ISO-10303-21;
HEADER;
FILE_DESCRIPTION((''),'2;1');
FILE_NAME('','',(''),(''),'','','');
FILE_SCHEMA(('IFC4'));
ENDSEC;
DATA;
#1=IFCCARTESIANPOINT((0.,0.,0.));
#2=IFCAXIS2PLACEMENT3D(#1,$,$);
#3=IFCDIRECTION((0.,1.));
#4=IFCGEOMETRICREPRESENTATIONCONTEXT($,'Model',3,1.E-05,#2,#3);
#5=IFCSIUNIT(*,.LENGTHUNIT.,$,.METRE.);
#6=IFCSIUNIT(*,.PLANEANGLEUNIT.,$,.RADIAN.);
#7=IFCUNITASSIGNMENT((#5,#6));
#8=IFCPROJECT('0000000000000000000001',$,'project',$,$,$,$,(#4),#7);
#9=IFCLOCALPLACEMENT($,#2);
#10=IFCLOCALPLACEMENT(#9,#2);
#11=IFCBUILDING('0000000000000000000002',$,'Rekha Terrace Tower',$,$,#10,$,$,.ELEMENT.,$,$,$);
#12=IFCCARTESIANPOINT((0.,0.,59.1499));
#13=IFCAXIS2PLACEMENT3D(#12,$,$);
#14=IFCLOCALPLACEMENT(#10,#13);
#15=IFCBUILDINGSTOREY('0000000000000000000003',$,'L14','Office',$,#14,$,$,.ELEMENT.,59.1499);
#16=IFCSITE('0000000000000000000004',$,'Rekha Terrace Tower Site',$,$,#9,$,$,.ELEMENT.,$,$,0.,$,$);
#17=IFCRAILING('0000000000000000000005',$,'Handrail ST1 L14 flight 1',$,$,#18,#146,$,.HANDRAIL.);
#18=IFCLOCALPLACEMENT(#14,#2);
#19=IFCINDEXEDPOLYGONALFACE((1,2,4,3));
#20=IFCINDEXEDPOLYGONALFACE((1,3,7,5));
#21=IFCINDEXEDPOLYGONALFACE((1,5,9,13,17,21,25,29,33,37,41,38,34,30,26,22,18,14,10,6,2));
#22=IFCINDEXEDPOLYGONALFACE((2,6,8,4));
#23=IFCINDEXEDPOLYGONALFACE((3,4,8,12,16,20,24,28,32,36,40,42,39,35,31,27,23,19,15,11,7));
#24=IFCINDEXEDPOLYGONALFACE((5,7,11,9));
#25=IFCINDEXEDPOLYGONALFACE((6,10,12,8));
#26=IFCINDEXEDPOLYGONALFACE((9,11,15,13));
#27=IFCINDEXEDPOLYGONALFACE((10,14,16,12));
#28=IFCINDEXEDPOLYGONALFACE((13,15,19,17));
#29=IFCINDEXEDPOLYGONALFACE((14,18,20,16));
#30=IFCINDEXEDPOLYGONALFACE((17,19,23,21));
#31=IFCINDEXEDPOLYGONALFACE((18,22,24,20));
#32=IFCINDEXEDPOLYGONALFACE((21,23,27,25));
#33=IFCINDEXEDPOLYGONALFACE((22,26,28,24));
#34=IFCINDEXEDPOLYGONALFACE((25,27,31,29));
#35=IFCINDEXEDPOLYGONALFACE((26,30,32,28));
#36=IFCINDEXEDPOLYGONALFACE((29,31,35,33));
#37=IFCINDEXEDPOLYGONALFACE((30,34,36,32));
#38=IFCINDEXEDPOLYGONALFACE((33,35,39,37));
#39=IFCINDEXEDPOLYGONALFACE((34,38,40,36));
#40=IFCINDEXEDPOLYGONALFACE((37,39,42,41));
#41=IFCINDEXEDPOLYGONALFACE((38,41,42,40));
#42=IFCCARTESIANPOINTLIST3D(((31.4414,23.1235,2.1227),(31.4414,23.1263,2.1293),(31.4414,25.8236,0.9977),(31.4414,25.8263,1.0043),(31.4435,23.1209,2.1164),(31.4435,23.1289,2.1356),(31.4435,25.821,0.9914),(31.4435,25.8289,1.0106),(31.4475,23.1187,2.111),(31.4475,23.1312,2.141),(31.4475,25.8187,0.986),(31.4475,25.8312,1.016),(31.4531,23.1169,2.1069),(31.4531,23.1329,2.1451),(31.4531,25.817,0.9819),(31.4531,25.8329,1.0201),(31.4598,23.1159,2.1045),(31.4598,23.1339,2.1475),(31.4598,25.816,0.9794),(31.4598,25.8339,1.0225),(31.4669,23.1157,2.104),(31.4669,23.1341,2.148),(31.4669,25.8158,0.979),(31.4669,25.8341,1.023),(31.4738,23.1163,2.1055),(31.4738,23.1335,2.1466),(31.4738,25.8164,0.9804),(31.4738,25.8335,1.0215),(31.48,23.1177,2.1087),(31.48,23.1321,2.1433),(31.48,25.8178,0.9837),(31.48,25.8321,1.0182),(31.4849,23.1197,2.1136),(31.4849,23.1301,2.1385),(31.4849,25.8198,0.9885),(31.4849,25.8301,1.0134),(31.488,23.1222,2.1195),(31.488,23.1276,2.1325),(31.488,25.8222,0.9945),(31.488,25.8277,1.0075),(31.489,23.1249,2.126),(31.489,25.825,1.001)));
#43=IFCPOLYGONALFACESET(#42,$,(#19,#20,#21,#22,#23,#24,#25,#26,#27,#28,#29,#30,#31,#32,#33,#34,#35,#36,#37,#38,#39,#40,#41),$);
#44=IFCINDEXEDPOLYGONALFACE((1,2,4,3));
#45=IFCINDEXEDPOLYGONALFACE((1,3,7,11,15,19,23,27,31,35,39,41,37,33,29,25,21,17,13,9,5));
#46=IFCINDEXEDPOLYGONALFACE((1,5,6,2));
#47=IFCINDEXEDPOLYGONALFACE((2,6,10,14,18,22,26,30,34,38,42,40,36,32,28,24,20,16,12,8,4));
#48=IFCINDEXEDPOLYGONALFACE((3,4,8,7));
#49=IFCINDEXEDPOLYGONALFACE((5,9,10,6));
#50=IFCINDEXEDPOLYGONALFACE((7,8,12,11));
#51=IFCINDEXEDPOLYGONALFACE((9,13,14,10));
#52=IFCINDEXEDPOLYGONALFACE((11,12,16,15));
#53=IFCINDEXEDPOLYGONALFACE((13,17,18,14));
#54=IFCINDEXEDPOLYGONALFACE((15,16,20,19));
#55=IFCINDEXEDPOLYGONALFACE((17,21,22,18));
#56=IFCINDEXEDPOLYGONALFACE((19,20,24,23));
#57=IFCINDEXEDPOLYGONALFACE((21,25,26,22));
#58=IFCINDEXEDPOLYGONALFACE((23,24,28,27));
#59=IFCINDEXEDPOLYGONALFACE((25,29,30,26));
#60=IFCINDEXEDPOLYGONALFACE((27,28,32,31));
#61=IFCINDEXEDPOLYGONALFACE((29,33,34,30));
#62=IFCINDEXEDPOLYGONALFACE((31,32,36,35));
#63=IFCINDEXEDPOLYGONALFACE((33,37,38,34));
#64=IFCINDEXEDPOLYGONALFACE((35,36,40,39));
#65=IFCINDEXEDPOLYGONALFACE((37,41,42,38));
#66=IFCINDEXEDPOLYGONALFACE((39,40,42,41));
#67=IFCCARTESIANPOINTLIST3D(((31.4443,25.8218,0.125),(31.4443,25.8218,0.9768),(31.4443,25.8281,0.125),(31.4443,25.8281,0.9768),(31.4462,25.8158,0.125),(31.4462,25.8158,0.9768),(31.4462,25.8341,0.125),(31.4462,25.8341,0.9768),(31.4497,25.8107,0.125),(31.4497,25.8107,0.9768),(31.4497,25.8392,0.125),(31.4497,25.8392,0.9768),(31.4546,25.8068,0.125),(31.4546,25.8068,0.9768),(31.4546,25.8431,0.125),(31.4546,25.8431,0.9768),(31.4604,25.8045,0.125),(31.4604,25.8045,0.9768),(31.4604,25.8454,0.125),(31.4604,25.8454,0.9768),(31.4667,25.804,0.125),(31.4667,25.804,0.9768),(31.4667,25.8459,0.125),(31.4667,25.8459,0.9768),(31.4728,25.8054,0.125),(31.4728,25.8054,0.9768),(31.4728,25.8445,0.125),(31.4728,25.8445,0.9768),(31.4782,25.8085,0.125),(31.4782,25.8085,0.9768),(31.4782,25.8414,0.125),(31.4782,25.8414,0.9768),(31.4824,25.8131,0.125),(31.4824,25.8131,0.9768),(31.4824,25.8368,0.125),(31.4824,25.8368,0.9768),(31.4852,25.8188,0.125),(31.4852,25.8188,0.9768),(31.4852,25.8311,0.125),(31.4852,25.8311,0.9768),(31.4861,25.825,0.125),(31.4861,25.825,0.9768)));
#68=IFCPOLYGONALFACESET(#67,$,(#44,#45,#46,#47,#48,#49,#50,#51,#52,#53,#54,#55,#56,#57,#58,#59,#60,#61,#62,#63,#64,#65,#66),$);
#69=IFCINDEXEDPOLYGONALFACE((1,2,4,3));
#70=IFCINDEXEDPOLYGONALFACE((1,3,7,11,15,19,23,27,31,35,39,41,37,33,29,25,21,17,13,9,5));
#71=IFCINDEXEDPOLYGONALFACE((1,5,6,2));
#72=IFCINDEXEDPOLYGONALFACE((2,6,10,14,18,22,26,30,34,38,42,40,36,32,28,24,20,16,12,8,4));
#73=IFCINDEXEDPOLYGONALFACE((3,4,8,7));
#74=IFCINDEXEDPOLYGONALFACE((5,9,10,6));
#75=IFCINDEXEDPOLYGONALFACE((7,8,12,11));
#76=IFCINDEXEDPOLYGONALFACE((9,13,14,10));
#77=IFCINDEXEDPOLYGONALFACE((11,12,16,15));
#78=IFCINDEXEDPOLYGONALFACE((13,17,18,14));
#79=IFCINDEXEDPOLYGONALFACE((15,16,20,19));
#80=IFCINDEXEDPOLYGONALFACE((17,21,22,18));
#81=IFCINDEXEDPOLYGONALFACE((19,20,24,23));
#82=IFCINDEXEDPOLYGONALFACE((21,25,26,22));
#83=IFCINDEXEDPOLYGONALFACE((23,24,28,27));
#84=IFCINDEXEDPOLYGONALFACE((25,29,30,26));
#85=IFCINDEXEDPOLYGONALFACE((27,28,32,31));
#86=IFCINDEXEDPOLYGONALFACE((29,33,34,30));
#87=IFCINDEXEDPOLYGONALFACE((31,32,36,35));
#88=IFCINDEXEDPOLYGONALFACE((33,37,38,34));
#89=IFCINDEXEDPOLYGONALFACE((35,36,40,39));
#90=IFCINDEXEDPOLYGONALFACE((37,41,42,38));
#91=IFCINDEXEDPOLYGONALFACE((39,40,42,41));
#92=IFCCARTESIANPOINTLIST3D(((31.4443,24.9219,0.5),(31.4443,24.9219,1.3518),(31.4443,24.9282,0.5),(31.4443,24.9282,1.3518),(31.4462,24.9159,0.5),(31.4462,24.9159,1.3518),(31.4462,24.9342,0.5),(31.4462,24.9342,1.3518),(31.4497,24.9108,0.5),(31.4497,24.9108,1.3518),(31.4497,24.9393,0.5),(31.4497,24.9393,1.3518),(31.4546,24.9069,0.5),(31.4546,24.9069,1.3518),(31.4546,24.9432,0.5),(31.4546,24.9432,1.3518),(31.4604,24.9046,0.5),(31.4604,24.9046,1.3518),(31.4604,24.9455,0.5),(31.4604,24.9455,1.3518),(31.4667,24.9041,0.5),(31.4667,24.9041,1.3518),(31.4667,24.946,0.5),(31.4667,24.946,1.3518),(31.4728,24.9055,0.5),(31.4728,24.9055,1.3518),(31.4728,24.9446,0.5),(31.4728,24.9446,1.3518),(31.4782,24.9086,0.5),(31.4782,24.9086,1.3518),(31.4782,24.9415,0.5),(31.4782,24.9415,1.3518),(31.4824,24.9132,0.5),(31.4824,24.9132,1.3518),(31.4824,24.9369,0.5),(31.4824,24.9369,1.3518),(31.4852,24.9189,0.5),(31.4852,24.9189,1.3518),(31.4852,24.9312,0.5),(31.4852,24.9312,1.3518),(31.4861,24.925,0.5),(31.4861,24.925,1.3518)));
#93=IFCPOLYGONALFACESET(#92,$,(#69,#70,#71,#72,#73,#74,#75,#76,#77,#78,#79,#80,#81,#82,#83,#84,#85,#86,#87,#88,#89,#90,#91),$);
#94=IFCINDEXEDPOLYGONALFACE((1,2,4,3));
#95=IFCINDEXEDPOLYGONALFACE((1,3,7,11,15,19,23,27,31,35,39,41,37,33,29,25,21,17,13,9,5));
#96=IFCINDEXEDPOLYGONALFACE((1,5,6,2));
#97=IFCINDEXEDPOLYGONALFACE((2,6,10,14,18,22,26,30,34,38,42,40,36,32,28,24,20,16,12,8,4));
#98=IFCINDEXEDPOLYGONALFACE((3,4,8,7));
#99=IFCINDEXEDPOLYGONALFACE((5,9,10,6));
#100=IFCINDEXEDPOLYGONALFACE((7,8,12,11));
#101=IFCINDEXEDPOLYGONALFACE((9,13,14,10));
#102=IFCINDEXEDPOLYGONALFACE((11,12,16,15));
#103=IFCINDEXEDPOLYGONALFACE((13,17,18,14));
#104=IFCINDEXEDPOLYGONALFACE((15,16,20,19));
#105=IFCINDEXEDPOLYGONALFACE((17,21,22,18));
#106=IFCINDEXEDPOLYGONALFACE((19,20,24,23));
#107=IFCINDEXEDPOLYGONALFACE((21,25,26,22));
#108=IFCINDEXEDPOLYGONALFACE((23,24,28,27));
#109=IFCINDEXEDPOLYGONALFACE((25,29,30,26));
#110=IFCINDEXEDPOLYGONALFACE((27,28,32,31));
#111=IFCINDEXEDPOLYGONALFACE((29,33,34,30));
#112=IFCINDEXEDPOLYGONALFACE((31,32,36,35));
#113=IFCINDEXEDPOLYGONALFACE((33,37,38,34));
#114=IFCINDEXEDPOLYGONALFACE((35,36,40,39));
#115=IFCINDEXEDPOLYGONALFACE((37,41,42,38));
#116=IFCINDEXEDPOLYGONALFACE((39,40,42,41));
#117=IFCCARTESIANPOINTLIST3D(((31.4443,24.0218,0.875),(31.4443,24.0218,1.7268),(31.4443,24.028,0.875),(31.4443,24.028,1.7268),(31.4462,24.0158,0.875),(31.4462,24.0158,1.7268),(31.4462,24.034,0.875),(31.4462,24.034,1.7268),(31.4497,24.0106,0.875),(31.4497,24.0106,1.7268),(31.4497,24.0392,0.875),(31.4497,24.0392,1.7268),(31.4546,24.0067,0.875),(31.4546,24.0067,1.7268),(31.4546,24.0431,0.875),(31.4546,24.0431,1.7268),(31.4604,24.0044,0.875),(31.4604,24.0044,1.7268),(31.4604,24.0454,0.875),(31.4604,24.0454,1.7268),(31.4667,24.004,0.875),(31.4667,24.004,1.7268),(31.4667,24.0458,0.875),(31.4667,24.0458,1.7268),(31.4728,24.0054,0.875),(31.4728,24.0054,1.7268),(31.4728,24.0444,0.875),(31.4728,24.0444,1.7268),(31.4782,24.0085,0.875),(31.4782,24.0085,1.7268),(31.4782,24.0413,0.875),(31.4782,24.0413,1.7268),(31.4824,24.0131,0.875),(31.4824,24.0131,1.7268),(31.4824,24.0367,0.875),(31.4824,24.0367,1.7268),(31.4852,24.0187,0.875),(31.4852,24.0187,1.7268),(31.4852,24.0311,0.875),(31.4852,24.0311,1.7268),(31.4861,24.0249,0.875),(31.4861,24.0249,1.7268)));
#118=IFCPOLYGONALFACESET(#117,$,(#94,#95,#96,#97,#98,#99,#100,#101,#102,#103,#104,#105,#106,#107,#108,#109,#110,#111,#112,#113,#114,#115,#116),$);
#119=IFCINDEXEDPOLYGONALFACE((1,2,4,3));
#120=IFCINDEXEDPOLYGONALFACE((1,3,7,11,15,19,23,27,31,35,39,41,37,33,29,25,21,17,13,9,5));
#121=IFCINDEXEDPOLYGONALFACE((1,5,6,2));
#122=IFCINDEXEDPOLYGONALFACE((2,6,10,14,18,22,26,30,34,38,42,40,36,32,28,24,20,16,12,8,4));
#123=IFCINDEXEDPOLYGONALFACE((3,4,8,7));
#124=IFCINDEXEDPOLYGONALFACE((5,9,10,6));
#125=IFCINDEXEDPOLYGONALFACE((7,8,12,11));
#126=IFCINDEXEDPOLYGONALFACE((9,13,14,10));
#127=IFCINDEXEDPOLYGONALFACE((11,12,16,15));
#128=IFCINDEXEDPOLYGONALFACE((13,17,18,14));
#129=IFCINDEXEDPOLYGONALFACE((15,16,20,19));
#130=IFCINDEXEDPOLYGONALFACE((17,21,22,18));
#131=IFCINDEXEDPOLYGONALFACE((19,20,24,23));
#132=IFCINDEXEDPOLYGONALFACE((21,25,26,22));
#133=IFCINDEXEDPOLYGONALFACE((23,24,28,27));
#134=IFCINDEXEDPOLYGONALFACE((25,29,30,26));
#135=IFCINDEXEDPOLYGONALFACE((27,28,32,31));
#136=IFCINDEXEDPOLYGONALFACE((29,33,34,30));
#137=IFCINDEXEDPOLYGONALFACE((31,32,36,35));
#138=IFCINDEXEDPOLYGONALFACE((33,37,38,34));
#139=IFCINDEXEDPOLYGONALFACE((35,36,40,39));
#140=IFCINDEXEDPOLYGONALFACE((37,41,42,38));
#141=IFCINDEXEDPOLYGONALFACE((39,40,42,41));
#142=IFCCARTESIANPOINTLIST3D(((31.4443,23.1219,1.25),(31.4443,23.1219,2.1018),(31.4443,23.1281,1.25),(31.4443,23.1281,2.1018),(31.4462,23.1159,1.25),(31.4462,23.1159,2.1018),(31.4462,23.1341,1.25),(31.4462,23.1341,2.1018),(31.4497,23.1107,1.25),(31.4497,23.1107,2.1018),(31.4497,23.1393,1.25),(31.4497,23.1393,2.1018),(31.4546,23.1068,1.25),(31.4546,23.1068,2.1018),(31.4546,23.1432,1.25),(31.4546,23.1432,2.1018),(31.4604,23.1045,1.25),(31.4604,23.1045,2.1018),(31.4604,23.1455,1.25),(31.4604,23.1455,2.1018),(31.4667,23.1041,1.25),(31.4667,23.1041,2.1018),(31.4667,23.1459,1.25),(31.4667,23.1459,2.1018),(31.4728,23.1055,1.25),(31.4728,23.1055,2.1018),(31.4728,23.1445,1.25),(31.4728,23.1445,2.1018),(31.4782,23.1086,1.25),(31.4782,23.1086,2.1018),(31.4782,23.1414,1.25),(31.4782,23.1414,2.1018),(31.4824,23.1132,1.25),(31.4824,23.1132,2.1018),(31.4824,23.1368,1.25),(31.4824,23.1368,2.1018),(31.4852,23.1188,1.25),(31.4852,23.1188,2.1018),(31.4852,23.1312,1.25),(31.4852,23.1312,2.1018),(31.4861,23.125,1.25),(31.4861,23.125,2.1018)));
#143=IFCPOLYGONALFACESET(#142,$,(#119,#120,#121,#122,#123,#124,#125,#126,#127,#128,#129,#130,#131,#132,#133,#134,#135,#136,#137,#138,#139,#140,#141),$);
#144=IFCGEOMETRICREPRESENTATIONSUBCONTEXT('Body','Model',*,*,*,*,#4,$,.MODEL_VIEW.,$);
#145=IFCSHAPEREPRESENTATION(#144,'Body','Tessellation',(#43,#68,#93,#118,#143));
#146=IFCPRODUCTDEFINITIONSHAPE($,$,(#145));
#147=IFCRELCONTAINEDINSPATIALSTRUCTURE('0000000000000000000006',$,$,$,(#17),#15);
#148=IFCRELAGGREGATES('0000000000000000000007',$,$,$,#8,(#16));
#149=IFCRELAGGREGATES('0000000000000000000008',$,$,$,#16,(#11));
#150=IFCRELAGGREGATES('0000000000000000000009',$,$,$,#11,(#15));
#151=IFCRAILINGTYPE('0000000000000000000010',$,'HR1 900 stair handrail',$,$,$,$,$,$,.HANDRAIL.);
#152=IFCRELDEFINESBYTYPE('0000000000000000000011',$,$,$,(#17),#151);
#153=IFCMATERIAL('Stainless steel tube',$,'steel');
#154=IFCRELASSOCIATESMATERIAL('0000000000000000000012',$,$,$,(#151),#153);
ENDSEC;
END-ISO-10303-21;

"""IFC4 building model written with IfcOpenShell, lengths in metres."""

from ifc_helpers import new_model, si_unit, direction, frame, origin, origin_2d, place, context, subcontext, project, spatial, circle, extrude, material, type_object, element, save


model = new_model("IFC4")

# Units and contexts
model_context = context("Model", 3, precision=1e-05, world=origin(), true_north=direction((0.0, 1.0)))
body_context = subcontext(model_context, "Body", "Model", "MODEL_VIEW")
ifc_project = project(units=[si_unit("LENGTHUNIT", "METRE"), si_unit("PLANEANGLEUNIT", "RADIAN")], contexts=[model_context])

# Site, building, storey
site_placement = place(None, origin())
site = spatial("IfcSite", under=ifc_project, at=site_placement, Name="Rekha Terrace Tower Site", CompositionType="ELEMENT", RefElevation=0.0)
building_placement = place(site_placement, origin())
building = spatial("IfcBuilding", under=site, at=building_placement, Name="Rekha Terrace Tower", CompositionType="ELEMENT")
storey_placement = place(building_placement, frame((0.0, 0.0, 59.1499)))
storey = spatial("IfcBuildingStorey", under=building, at=storey_placement, Name="L14", Description="Office", CompositionType="ELEMENT", Elevation=59.1499)

# Railing
ifc_material_1 = material(Name="Stainless steel tube", Category="steel")
railing_type_1 = type_object("IfcRailingType", Name="HR1 900 stair handrail", PredefinedType="HANDRAIL", material=ifc_material_1)
railing_1_placement = place(storey_placement, frame((31.4651, 25.825, 0.125)))
element("IfcRailing", 1, at=railing_1_placement, inside=storey, type_object=railing_type_1, Name="Handrail ST1 L14 flight 1", PredefinedType="HANDRAIL", context=body_context, shape_type="SweptSolid", body=[
    extrude(circle(Radius=0.0239, at=origin_2d()), frame((0.0, 0.0, 0.876), z_axis=(0.0, -0.923074, 0.384621), x_axis=(1.0, 0.0, 0.0)), (0.0, 0.0, 1.0), 2.925),
    extrude(circle(Radius=0.021, at=origin_2d()), origin(), (0.0, 0.0, 1.0), 0.8518),
    extrude(circle(Radius=0.021, at=origin_2d()), frame((0.0, -0.8999, 0.375)), (0.0, 0.0, 1.0), 0.8518),
    extrude(circle(Radius=0.021, at=origin_2d()), frame((0.0, -1.8, 0.75)), (0.0, 0.0, 1.0), 0.8518),
    extrude(circle(Radius=0.021, at=origin_2d()), frame((0.0, -2.7, 1.125)), (0.0, 0.0, 1.0), 0.8518),
])

save(model, "model.ifc")
